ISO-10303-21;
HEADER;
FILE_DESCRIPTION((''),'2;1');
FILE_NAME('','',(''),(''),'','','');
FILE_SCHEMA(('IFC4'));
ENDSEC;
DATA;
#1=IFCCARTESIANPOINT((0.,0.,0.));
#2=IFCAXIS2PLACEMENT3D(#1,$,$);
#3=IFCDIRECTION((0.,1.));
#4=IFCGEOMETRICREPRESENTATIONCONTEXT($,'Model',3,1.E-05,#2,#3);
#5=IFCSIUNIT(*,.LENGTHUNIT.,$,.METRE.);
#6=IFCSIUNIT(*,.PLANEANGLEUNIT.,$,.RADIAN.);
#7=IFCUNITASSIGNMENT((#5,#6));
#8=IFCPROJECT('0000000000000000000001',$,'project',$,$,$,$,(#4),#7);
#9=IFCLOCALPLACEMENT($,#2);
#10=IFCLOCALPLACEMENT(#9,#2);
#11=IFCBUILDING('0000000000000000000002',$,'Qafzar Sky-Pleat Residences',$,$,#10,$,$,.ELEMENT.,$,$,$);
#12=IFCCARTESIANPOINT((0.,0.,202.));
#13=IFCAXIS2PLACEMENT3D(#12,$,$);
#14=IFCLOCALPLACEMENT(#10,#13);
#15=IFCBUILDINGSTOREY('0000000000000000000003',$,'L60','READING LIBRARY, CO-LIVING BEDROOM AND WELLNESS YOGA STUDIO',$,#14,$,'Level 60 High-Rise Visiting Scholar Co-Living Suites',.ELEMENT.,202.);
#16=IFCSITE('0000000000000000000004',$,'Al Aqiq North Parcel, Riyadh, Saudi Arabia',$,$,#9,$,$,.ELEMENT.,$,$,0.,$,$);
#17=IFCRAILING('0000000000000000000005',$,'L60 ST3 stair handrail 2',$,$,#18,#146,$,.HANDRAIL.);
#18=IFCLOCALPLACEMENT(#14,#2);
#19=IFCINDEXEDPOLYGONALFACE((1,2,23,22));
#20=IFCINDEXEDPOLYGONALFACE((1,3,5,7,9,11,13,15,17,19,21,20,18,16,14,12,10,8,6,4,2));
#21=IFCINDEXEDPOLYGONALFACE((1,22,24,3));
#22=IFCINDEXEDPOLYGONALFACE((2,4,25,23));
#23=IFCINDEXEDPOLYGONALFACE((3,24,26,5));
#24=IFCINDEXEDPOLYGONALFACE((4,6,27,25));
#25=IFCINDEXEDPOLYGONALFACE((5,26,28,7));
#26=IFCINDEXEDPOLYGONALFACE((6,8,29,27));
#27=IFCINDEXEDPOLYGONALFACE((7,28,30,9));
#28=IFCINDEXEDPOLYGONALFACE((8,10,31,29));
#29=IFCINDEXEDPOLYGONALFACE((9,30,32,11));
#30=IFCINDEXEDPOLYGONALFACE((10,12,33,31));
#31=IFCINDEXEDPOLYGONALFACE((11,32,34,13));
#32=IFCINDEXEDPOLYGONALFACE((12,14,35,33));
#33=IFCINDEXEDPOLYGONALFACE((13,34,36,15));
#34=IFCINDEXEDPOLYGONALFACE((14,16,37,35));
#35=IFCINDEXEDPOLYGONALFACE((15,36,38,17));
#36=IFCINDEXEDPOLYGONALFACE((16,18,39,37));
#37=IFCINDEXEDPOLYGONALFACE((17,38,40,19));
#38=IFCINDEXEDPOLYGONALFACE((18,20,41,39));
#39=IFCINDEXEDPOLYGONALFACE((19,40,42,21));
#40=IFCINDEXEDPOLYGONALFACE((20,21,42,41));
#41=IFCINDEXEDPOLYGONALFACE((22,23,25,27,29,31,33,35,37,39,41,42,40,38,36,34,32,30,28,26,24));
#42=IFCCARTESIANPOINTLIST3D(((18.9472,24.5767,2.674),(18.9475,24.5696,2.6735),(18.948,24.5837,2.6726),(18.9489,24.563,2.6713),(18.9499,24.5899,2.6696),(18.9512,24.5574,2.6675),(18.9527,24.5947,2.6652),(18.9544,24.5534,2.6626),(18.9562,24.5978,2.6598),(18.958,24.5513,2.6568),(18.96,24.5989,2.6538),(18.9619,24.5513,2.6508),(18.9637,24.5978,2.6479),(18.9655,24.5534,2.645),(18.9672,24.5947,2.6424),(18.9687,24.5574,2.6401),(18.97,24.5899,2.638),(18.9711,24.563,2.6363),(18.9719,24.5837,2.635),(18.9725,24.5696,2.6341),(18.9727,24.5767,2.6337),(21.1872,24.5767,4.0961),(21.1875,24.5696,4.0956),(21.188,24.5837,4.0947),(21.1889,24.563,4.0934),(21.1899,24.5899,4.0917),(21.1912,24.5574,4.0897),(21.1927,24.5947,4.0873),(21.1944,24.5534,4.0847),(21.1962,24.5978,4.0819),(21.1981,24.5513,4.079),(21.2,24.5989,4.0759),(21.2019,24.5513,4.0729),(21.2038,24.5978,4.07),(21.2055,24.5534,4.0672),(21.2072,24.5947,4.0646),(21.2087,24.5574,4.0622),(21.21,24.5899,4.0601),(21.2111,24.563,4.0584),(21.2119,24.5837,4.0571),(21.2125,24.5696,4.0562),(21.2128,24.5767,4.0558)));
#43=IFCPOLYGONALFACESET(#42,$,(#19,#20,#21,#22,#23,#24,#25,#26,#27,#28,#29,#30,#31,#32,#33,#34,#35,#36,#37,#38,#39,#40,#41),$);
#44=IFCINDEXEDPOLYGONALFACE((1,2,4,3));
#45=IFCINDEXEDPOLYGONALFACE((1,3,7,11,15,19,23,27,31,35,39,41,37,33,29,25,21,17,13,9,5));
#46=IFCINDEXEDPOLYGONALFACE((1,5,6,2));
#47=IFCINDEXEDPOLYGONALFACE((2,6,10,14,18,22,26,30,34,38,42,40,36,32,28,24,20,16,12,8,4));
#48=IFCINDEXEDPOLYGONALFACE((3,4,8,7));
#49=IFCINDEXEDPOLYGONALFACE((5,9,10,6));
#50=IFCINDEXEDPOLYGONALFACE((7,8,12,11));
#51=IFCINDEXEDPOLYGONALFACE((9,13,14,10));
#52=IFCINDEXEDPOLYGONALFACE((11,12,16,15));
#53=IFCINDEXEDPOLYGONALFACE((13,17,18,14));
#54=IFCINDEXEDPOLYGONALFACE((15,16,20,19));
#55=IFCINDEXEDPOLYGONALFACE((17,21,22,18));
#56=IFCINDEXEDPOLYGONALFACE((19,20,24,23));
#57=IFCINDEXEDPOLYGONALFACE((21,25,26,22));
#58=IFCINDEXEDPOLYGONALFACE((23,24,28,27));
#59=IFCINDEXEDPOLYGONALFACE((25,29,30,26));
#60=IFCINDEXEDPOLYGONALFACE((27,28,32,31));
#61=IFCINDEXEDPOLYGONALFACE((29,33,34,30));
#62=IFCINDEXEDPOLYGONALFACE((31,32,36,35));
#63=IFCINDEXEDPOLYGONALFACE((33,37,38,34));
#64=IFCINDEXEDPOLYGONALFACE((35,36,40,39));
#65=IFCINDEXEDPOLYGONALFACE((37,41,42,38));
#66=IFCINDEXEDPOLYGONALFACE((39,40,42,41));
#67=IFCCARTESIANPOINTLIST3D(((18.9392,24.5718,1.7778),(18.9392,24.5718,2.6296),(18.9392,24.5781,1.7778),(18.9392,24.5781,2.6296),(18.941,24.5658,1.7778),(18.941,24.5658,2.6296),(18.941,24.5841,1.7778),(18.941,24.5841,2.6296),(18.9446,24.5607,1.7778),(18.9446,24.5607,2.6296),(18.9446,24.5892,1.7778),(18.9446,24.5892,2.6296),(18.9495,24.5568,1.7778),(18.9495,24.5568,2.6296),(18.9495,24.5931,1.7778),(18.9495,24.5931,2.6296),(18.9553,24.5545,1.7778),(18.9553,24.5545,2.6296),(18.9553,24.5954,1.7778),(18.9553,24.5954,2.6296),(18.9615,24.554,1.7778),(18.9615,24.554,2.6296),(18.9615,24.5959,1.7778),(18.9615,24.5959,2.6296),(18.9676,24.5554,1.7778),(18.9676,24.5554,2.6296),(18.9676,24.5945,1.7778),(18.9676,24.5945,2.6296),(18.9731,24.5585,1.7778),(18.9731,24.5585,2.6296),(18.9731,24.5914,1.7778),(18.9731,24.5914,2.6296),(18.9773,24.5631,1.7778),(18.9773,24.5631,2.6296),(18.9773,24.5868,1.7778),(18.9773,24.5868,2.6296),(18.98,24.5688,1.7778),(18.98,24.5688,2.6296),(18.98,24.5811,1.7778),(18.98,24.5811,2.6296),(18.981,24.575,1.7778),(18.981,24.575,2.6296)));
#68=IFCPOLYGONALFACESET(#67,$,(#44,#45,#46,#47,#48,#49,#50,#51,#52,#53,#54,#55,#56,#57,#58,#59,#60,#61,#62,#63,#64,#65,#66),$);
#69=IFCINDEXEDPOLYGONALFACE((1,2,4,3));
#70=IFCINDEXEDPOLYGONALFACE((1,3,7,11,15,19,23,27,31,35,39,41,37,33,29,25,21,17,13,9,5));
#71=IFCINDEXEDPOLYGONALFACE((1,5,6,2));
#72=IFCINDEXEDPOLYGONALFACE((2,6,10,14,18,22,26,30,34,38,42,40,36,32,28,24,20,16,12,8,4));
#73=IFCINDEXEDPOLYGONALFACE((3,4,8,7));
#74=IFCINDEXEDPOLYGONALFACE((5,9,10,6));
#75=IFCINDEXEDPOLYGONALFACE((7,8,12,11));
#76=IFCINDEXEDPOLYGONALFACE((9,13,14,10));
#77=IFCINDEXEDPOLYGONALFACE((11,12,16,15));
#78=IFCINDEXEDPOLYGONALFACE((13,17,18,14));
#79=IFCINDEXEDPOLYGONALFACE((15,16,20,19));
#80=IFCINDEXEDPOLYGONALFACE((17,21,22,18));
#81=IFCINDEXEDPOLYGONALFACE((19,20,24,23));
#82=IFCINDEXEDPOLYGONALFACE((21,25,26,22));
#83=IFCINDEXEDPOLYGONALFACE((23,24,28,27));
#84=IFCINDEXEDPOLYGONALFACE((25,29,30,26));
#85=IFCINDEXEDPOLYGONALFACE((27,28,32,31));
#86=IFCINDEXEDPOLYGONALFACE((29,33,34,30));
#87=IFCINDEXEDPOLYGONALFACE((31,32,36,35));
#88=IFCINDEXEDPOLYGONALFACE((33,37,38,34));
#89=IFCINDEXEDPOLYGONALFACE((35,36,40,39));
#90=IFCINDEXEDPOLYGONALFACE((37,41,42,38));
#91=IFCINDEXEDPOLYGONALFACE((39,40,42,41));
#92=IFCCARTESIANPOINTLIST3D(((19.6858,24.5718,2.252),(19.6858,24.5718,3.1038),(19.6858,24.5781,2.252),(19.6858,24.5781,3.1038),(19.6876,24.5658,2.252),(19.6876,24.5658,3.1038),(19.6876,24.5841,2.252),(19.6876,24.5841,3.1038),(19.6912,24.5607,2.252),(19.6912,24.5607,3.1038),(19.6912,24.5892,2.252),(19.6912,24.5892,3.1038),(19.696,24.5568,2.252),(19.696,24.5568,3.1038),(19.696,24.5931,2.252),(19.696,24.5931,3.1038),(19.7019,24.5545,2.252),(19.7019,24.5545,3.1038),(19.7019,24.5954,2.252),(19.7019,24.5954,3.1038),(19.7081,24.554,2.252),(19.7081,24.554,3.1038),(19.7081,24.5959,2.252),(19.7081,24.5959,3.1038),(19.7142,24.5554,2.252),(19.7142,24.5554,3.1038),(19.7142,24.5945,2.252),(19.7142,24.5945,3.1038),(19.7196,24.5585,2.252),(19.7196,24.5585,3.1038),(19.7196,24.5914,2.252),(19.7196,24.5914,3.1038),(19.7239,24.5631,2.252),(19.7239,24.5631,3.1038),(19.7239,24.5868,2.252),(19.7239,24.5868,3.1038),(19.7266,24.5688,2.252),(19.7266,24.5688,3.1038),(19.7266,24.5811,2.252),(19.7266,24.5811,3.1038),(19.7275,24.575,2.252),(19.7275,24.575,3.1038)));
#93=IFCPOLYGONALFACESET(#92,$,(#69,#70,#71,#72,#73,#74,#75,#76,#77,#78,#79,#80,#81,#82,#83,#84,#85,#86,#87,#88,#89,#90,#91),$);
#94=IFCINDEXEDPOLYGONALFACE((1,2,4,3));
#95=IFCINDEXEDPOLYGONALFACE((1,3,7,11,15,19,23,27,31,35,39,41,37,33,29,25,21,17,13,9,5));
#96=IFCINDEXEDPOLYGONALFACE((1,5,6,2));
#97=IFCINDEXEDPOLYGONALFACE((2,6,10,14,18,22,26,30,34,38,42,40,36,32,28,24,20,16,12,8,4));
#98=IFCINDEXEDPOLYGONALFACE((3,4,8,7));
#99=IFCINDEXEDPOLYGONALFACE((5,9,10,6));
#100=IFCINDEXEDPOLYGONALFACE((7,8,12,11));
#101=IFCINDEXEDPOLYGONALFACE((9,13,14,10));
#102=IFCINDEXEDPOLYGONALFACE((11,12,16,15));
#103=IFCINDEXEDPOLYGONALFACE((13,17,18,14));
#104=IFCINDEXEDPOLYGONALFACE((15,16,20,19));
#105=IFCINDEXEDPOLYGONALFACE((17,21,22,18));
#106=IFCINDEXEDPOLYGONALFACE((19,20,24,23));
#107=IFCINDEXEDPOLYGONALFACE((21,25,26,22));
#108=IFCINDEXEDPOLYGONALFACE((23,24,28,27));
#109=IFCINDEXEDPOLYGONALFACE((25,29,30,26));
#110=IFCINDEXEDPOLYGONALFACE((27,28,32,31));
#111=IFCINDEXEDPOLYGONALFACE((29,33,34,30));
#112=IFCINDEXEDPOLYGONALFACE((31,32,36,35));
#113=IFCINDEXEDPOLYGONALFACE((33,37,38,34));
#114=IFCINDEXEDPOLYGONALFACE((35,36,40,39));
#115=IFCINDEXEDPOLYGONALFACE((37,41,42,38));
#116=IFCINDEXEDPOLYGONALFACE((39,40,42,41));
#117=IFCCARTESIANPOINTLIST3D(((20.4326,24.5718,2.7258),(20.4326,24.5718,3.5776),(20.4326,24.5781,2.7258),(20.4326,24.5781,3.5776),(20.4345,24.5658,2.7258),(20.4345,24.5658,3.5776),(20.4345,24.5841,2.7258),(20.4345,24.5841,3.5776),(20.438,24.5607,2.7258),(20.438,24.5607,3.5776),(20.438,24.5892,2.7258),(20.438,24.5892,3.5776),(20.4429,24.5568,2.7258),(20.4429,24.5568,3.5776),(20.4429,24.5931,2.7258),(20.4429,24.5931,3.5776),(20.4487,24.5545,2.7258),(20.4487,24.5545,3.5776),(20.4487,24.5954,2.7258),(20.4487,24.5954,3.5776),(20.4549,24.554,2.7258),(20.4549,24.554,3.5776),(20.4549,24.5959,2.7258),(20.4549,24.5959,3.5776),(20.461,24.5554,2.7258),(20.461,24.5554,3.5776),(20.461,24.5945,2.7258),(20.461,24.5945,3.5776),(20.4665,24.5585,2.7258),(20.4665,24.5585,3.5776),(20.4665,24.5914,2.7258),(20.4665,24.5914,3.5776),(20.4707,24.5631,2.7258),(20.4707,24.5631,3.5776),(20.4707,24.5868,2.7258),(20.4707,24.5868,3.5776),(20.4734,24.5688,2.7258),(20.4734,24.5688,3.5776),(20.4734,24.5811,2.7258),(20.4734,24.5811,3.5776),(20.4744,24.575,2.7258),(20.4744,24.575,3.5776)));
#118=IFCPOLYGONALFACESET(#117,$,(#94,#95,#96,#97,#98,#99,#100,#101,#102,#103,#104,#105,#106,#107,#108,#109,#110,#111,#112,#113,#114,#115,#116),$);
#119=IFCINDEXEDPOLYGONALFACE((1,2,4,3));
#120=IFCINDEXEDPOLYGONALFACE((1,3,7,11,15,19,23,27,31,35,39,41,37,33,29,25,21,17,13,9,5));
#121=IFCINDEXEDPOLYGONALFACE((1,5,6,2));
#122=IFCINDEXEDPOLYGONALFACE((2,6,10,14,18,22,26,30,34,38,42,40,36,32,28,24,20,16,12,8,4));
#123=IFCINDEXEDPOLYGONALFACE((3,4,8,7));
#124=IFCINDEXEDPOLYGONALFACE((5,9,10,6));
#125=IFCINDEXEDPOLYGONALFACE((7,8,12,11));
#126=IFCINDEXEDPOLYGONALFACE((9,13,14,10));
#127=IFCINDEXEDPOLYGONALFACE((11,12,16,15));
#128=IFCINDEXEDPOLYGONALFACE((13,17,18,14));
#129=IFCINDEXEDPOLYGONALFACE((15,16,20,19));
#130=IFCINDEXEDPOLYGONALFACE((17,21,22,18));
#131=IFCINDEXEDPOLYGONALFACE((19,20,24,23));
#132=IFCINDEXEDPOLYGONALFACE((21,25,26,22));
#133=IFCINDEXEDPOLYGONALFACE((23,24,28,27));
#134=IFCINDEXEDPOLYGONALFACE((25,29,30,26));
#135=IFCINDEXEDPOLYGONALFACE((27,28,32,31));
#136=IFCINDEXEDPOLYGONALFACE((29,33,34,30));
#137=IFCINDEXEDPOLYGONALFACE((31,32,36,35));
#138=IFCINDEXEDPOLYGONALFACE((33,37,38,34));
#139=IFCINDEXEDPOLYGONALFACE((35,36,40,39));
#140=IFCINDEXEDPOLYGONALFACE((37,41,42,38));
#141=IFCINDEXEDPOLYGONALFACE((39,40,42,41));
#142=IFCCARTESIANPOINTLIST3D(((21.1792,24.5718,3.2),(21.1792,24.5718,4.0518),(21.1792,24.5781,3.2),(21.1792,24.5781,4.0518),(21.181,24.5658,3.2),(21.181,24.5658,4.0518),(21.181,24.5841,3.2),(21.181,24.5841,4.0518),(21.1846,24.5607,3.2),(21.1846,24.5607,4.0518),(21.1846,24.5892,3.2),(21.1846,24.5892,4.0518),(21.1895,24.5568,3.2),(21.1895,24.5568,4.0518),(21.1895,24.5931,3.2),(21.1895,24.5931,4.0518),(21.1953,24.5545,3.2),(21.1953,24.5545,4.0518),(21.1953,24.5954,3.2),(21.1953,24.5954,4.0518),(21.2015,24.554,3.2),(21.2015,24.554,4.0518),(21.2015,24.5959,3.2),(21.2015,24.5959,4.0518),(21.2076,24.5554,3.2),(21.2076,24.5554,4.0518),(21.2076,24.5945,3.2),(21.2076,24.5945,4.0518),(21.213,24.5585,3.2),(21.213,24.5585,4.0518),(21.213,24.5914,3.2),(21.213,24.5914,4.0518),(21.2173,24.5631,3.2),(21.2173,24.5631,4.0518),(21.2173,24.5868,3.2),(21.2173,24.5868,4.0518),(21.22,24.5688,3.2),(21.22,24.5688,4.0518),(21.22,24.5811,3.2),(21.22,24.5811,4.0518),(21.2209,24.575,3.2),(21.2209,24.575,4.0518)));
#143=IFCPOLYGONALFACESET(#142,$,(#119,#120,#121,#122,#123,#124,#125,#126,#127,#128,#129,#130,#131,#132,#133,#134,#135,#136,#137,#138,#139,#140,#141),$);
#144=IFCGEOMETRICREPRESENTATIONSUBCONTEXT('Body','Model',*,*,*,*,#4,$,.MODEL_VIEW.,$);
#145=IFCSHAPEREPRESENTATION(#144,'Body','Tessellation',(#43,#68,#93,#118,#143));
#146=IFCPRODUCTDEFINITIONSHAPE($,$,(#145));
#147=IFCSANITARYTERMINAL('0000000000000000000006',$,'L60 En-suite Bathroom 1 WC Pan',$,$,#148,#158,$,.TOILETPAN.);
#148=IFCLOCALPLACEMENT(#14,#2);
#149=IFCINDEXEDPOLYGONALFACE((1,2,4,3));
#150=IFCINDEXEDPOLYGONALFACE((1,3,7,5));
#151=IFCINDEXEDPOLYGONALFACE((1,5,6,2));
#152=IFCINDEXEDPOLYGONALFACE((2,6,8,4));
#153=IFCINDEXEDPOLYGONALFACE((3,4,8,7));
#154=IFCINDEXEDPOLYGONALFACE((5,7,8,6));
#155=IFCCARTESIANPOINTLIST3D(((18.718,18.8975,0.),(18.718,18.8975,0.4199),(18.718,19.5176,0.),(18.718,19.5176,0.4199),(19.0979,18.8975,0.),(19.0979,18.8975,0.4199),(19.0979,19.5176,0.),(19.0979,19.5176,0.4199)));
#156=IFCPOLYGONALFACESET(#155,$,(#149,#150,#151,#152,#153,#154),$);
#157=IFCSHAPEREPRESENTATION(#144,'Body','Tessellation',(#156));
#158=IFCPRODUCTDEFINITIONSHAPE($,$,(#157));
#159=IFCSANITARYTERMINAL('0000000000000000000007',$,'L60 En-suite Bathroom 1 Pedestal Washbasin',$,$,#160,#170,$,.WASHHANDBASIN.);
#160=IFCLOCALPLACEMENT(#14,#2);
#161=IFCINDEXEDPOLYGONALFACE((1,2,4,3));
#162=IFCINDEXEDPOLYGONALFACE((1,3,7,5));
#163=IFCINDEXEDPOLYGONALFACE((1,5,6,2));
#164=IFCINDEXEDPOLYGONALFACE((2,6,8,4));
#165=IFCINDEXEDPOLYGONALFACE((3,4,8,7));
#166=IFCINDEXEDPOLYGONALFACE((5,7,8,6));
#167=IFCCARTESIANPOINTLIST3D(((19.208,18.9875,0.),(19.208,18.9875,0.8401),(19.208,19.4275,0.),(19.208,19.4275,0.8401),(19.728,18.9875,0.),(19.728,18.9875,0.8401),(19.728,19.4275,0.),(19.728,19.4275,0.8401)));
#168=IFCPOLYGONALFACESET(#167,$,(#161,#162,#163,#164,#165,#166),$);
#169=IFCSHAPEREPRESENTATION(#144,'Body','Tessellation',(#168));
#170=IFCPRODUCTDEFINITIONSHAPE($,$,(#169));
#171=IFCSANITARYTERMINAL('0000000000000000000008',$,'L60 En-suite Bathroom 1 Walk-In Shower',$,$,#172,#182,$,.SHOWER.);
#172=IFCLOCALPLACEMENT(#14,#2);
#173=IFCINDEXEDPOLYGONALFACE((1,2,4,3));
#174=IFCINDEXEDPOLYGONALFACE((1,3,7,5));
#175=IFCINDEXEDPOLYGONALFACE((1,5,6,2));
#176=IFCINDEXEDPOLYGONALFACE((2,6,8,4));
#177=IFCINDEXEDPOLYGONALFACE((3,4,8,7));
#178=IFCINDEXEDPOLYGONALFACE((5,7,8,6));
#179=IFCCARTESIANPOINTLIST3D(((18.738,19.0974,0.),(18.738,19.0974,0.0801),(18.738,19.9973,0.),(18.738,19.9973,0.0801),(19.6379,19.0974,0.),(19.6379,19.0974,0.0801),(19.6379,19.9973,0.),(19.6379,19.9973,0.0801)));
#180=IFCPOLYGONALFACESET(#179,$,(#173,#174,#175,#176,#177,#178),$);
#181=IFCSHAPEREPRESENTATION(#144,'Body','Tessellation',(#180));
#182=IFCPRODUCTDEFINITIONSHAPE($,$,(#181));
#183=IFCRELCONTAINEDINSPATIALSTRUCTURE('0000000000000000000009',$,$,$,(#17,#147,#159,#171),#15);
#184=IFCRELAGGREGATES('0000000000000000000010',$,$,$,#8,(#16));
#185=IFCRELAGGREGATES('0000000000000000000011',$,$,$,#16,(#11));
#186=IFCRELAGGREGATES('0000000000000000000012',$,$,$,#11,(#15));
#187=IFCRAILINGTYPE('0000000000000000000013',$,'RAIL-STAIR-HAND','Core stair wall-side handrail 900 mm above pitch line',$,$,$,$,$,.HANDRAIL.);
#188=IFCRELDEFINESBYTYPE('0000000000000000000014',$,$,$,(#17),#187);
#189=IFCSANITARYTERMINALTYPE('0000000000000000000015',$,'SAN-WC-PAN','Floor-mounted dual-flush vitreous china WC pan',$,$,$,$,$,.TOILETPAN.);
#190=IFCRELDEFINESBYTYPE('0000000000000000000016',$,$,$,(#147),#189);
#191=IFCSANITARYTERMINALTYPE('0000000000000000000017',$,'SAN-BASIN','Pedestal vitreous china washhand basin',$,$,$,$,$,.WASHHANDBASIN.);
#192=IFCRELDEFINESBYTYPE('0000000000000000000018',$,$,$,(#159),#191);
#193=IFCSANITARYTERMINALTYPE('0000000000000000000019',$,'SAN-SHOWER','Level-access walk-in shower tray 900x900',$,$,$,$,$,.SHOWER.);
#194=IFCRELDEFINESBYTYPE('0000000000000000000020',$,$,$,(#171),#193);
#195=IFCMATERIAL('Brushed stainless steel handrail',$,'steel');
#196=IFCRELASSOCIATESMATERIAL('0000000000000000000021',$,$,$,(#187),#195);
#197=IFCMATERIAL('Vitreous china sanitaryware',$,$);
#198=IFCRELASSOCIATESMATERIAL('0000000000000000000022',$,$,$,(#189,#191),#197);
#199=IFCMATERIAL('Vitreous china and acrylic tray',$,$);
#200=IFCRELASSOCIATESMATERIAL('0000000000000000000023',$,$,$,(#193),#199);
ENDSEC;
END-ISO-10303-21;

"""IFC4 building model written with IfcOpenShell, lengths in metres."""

from ifc_helpers import new_model, si_unit, direction, frame, origin, origin_2d, place, context, subcontext, project, spatial, rectangle, circle, extrude, source, transform, mapped, material, type_object, element, save


model = new_model("IFC4")

# Units and contexts
model_context = context("Model", 3, precision=1e-05, world=origin(), true_north=direction((0.0, 1.0)))
body_context = subcontext(model_context, "Body", "Model", "MODEL_VIEW")
ifc_project = project(units=[si_unit("LENGTHUNIT", "METRE"), si_unit("PLANEANGLEUNIT", "RADIAN")], contexts=[model_context])

# Site, building, storey
site_placement = place(None, origin())
site = spatial("IfcSite", under=ifc_project, at=site_placement, Name="Al Aqiq North Parcel, Riyadh, Saudi Arabia", CompositionType="ELEMENT", RefElevation=0.0)
building_placement = place(site_placement, origin())
building = spatial("IfcBuilding", under=site, at=building_placement, Name="Qafzar Sky-Pleat Residences", CompositionType="ELEMENT")
storey_placement = place(building_placement, frame((0.0, 0.0, 202.0)))
storey = spatial("IfcBuildingStorey", under=building, at=storey_placement, Name="L60", Description="READING LIBRARY, CO-LIVING BEDROOM AND WELLNESS YOGA STUDIO", LongName="Level 60 High-Rise Visiting Scholar Co-Living Suites", CompositionType="ELEMENT", Elevation=202.0)

# Railing
ifc_material_1 = material(Name="Brushed stainless steel handrail", Category="steel")
railing_type = type_object("IfcRailingType", Name="RAIL-STAIR-HAND", Description="Core stair wall-side handrail 900 mm above pitch line", PredefinedType="HANDRAIL", material=ifc_material_1)
shared_shape_1 = source(origin(), body_context, "Body", "SweptSolid", [
    extrude(circle(Radius=0.0239, at=origin_2d()), frame((0.0, 0.0, 0.876), z_axis=(0.844229, 0.0, 0.535982), x_axis=(0.0, 1.0, 0.0)), (0.0, 0.0, 1.0), 2.6533),
    extrude(circle(Radius=0.021, at=origin_2d()), origin(), (0.0, 0.0, 1.0), 0.8518),
    extrude(circle(Radius=0.021, at=origin_2d()), frame((0.7466, 0.0, 0.4741)), (0.0, 0.0, 1.0), 0.8518),
    extrude(circle(Radius=0.021, at=origin_2d()), frame((1.4934, 0.0, 0.948)), (0.0, 0.0, 1.0), 0.8518),
    extrude(circle(Radius=0.021, at=origin_2d()), frame((2.24, 0.0, 1.4221)), (0.0, 0.0, 1.0), 0.8518),
])
railing_placement = place(storey_placement, frame((18.96, 24.575, 1.7778)))
element("IfcRailing", 1, at=railing_placement, inside=storey, type_object=railing_type, Name="L60 ST3 stair handrail 2", PredefinedType="HANDRAIL", context=body_context, shape_type="MappedRepresentation", body=[
    mapped(shared_shape_1, transform((0.0, 0.0, 0.0), x_axis=(1.0, 0.0, 0.0), y_axis=(0.0, 1.0, 0.0), z_axis=(0.0, 0.0, 1.0), scale=1.0)),
])

# Sanitary terminals
ifc_material_2 = material(Name="Vitreous china sanitaryware")
sanitary_terminal_type_1 = type_object("IfcSanitaryTerminalType", Name="SAN-WC-PAN", Description="Floor-mounted dual-flush vitreous china WC pan", PredefinedType="TOILETPAN", material=ifc_material_2)
shared_shape_2 = source(origin(), body_context, "Body", "SweptSolid", [
    extrude(rectangle(XDim=0.3799, YDim=0.6201, at=origin_2d()), origin(), (0.0, 0.0, 1.0), 0.4199),
])
sanitary_terminal_1_placement = place(storey_placement, frame((18.908, 19.2075, 0.0), z_axis=(0.0, 0.0, 1.0), x_axis=(1.0, 0.0, 0.0)))
element("IfcSanitaryTerminal", 2, at=sanitary_terminal_1_placement, inside=storey, type_object=sanitary_terminal_type_1, Name="L60 En-suite Bathroom 1 WC Pan", PredefinedType="TOILETPAN", context=body_context, shape_type="MappedRepresentation", body=[
    mapped(shared_shape_2, transform((0.0, 0.0, 0.0), x_axis=(1.0, 0.0, 0.0), y_axis=(0.0, 1.0, 0.0), z_axis=(0.0, 0.0, 1.0), scale=1.0)),
])
sanitary_terminal_type_2 = type_object("IfcSanitaryTerminalType", Name="SAN-BASIN", Description="Pedestal vitreous china washhand basin", PredefinedType="WASHHANDBASIN", material=ifc_material_2)
shared_shape_3 = source(origin(), body_context, "Body", "SweptSolid", [
    extrude(rectangle(XDim=0.52, YDim=0.4399, at=origin_2d()), origin(), (0.0, 0.0, 1.0), 0.8401),
])
sanitary_terminal_2_placement = place(storey_placement, frame((19.468, 19.2075, 0.0), z_axis=(0.0, 0.0, 1.0), x_axis=(1.0, 0.0, 0.0)))
element("IfcSanitaryTerminal", 3, at=sanitary_terminal_2_placement, inside=storey, type_object=sanitary_terminal_type_2, Name="L60 En-suite Bathroom 1 Pedestal Washbasin", PredefinedType="WASHHANDBASIN", context=body_context, shape_type="MappedRepresentation", body=[
    mapped(shared_shape_3, transform((0.0, 0.0, 0.0), x_axis=(1.0, 0.0, 0.0), y_axis=(0.0, 1.0, 0.0), z_axis=(0.0, 0.0, 1.0), scale=1.0)),
])
ifc_material_3 = material(Name="Vitreous china and acrylic tray")
sanitary_terminal_type_3 = type_object("IfcSanitaryTerminalType", Name="SAN-SHOWER", Description="Level-access walk-in shower tray 900x900", PredefinedType="SHOWER", material=ifc_material_3)
shared_shape_4 = source(origin(), body_context, "Body", "SweptSolid", [
    extrude(rectangle(XDim=0.8999, YDim=0.8999, at=origin_2d()), origin(), (0.0, 0.0, 1.0), 0.0801),
])
sanitary_terminal_3_placement = place(storey_placement, frame((19.188, 19.5474, 0.0), z_axis=(0.0, 0.0, 1.0), x_axis=(1.0, 0.0, 0.0)))
element("IfcSanitaryTerminal", 4, at=sanitary_terminal_3_placement, inside=storey, type_object=sanitary_terminal_type_3, Name="L60 En-suite Bathroom 1 Walk-In Shower", PredefinedType="SHOWER", context=body_context, shape_type="MappedRepresentation", body=[
    mapped(shared_shape_4, transform((0.0, 0.0, 0.0), x_axis=(1.0, 0.0, 0.0), y_axis=(0.0, 1.0, 0.0), z_axis=(0.0, 0.0, 1.0), scale=1.0)),
])

save(model, "model.ifc")
